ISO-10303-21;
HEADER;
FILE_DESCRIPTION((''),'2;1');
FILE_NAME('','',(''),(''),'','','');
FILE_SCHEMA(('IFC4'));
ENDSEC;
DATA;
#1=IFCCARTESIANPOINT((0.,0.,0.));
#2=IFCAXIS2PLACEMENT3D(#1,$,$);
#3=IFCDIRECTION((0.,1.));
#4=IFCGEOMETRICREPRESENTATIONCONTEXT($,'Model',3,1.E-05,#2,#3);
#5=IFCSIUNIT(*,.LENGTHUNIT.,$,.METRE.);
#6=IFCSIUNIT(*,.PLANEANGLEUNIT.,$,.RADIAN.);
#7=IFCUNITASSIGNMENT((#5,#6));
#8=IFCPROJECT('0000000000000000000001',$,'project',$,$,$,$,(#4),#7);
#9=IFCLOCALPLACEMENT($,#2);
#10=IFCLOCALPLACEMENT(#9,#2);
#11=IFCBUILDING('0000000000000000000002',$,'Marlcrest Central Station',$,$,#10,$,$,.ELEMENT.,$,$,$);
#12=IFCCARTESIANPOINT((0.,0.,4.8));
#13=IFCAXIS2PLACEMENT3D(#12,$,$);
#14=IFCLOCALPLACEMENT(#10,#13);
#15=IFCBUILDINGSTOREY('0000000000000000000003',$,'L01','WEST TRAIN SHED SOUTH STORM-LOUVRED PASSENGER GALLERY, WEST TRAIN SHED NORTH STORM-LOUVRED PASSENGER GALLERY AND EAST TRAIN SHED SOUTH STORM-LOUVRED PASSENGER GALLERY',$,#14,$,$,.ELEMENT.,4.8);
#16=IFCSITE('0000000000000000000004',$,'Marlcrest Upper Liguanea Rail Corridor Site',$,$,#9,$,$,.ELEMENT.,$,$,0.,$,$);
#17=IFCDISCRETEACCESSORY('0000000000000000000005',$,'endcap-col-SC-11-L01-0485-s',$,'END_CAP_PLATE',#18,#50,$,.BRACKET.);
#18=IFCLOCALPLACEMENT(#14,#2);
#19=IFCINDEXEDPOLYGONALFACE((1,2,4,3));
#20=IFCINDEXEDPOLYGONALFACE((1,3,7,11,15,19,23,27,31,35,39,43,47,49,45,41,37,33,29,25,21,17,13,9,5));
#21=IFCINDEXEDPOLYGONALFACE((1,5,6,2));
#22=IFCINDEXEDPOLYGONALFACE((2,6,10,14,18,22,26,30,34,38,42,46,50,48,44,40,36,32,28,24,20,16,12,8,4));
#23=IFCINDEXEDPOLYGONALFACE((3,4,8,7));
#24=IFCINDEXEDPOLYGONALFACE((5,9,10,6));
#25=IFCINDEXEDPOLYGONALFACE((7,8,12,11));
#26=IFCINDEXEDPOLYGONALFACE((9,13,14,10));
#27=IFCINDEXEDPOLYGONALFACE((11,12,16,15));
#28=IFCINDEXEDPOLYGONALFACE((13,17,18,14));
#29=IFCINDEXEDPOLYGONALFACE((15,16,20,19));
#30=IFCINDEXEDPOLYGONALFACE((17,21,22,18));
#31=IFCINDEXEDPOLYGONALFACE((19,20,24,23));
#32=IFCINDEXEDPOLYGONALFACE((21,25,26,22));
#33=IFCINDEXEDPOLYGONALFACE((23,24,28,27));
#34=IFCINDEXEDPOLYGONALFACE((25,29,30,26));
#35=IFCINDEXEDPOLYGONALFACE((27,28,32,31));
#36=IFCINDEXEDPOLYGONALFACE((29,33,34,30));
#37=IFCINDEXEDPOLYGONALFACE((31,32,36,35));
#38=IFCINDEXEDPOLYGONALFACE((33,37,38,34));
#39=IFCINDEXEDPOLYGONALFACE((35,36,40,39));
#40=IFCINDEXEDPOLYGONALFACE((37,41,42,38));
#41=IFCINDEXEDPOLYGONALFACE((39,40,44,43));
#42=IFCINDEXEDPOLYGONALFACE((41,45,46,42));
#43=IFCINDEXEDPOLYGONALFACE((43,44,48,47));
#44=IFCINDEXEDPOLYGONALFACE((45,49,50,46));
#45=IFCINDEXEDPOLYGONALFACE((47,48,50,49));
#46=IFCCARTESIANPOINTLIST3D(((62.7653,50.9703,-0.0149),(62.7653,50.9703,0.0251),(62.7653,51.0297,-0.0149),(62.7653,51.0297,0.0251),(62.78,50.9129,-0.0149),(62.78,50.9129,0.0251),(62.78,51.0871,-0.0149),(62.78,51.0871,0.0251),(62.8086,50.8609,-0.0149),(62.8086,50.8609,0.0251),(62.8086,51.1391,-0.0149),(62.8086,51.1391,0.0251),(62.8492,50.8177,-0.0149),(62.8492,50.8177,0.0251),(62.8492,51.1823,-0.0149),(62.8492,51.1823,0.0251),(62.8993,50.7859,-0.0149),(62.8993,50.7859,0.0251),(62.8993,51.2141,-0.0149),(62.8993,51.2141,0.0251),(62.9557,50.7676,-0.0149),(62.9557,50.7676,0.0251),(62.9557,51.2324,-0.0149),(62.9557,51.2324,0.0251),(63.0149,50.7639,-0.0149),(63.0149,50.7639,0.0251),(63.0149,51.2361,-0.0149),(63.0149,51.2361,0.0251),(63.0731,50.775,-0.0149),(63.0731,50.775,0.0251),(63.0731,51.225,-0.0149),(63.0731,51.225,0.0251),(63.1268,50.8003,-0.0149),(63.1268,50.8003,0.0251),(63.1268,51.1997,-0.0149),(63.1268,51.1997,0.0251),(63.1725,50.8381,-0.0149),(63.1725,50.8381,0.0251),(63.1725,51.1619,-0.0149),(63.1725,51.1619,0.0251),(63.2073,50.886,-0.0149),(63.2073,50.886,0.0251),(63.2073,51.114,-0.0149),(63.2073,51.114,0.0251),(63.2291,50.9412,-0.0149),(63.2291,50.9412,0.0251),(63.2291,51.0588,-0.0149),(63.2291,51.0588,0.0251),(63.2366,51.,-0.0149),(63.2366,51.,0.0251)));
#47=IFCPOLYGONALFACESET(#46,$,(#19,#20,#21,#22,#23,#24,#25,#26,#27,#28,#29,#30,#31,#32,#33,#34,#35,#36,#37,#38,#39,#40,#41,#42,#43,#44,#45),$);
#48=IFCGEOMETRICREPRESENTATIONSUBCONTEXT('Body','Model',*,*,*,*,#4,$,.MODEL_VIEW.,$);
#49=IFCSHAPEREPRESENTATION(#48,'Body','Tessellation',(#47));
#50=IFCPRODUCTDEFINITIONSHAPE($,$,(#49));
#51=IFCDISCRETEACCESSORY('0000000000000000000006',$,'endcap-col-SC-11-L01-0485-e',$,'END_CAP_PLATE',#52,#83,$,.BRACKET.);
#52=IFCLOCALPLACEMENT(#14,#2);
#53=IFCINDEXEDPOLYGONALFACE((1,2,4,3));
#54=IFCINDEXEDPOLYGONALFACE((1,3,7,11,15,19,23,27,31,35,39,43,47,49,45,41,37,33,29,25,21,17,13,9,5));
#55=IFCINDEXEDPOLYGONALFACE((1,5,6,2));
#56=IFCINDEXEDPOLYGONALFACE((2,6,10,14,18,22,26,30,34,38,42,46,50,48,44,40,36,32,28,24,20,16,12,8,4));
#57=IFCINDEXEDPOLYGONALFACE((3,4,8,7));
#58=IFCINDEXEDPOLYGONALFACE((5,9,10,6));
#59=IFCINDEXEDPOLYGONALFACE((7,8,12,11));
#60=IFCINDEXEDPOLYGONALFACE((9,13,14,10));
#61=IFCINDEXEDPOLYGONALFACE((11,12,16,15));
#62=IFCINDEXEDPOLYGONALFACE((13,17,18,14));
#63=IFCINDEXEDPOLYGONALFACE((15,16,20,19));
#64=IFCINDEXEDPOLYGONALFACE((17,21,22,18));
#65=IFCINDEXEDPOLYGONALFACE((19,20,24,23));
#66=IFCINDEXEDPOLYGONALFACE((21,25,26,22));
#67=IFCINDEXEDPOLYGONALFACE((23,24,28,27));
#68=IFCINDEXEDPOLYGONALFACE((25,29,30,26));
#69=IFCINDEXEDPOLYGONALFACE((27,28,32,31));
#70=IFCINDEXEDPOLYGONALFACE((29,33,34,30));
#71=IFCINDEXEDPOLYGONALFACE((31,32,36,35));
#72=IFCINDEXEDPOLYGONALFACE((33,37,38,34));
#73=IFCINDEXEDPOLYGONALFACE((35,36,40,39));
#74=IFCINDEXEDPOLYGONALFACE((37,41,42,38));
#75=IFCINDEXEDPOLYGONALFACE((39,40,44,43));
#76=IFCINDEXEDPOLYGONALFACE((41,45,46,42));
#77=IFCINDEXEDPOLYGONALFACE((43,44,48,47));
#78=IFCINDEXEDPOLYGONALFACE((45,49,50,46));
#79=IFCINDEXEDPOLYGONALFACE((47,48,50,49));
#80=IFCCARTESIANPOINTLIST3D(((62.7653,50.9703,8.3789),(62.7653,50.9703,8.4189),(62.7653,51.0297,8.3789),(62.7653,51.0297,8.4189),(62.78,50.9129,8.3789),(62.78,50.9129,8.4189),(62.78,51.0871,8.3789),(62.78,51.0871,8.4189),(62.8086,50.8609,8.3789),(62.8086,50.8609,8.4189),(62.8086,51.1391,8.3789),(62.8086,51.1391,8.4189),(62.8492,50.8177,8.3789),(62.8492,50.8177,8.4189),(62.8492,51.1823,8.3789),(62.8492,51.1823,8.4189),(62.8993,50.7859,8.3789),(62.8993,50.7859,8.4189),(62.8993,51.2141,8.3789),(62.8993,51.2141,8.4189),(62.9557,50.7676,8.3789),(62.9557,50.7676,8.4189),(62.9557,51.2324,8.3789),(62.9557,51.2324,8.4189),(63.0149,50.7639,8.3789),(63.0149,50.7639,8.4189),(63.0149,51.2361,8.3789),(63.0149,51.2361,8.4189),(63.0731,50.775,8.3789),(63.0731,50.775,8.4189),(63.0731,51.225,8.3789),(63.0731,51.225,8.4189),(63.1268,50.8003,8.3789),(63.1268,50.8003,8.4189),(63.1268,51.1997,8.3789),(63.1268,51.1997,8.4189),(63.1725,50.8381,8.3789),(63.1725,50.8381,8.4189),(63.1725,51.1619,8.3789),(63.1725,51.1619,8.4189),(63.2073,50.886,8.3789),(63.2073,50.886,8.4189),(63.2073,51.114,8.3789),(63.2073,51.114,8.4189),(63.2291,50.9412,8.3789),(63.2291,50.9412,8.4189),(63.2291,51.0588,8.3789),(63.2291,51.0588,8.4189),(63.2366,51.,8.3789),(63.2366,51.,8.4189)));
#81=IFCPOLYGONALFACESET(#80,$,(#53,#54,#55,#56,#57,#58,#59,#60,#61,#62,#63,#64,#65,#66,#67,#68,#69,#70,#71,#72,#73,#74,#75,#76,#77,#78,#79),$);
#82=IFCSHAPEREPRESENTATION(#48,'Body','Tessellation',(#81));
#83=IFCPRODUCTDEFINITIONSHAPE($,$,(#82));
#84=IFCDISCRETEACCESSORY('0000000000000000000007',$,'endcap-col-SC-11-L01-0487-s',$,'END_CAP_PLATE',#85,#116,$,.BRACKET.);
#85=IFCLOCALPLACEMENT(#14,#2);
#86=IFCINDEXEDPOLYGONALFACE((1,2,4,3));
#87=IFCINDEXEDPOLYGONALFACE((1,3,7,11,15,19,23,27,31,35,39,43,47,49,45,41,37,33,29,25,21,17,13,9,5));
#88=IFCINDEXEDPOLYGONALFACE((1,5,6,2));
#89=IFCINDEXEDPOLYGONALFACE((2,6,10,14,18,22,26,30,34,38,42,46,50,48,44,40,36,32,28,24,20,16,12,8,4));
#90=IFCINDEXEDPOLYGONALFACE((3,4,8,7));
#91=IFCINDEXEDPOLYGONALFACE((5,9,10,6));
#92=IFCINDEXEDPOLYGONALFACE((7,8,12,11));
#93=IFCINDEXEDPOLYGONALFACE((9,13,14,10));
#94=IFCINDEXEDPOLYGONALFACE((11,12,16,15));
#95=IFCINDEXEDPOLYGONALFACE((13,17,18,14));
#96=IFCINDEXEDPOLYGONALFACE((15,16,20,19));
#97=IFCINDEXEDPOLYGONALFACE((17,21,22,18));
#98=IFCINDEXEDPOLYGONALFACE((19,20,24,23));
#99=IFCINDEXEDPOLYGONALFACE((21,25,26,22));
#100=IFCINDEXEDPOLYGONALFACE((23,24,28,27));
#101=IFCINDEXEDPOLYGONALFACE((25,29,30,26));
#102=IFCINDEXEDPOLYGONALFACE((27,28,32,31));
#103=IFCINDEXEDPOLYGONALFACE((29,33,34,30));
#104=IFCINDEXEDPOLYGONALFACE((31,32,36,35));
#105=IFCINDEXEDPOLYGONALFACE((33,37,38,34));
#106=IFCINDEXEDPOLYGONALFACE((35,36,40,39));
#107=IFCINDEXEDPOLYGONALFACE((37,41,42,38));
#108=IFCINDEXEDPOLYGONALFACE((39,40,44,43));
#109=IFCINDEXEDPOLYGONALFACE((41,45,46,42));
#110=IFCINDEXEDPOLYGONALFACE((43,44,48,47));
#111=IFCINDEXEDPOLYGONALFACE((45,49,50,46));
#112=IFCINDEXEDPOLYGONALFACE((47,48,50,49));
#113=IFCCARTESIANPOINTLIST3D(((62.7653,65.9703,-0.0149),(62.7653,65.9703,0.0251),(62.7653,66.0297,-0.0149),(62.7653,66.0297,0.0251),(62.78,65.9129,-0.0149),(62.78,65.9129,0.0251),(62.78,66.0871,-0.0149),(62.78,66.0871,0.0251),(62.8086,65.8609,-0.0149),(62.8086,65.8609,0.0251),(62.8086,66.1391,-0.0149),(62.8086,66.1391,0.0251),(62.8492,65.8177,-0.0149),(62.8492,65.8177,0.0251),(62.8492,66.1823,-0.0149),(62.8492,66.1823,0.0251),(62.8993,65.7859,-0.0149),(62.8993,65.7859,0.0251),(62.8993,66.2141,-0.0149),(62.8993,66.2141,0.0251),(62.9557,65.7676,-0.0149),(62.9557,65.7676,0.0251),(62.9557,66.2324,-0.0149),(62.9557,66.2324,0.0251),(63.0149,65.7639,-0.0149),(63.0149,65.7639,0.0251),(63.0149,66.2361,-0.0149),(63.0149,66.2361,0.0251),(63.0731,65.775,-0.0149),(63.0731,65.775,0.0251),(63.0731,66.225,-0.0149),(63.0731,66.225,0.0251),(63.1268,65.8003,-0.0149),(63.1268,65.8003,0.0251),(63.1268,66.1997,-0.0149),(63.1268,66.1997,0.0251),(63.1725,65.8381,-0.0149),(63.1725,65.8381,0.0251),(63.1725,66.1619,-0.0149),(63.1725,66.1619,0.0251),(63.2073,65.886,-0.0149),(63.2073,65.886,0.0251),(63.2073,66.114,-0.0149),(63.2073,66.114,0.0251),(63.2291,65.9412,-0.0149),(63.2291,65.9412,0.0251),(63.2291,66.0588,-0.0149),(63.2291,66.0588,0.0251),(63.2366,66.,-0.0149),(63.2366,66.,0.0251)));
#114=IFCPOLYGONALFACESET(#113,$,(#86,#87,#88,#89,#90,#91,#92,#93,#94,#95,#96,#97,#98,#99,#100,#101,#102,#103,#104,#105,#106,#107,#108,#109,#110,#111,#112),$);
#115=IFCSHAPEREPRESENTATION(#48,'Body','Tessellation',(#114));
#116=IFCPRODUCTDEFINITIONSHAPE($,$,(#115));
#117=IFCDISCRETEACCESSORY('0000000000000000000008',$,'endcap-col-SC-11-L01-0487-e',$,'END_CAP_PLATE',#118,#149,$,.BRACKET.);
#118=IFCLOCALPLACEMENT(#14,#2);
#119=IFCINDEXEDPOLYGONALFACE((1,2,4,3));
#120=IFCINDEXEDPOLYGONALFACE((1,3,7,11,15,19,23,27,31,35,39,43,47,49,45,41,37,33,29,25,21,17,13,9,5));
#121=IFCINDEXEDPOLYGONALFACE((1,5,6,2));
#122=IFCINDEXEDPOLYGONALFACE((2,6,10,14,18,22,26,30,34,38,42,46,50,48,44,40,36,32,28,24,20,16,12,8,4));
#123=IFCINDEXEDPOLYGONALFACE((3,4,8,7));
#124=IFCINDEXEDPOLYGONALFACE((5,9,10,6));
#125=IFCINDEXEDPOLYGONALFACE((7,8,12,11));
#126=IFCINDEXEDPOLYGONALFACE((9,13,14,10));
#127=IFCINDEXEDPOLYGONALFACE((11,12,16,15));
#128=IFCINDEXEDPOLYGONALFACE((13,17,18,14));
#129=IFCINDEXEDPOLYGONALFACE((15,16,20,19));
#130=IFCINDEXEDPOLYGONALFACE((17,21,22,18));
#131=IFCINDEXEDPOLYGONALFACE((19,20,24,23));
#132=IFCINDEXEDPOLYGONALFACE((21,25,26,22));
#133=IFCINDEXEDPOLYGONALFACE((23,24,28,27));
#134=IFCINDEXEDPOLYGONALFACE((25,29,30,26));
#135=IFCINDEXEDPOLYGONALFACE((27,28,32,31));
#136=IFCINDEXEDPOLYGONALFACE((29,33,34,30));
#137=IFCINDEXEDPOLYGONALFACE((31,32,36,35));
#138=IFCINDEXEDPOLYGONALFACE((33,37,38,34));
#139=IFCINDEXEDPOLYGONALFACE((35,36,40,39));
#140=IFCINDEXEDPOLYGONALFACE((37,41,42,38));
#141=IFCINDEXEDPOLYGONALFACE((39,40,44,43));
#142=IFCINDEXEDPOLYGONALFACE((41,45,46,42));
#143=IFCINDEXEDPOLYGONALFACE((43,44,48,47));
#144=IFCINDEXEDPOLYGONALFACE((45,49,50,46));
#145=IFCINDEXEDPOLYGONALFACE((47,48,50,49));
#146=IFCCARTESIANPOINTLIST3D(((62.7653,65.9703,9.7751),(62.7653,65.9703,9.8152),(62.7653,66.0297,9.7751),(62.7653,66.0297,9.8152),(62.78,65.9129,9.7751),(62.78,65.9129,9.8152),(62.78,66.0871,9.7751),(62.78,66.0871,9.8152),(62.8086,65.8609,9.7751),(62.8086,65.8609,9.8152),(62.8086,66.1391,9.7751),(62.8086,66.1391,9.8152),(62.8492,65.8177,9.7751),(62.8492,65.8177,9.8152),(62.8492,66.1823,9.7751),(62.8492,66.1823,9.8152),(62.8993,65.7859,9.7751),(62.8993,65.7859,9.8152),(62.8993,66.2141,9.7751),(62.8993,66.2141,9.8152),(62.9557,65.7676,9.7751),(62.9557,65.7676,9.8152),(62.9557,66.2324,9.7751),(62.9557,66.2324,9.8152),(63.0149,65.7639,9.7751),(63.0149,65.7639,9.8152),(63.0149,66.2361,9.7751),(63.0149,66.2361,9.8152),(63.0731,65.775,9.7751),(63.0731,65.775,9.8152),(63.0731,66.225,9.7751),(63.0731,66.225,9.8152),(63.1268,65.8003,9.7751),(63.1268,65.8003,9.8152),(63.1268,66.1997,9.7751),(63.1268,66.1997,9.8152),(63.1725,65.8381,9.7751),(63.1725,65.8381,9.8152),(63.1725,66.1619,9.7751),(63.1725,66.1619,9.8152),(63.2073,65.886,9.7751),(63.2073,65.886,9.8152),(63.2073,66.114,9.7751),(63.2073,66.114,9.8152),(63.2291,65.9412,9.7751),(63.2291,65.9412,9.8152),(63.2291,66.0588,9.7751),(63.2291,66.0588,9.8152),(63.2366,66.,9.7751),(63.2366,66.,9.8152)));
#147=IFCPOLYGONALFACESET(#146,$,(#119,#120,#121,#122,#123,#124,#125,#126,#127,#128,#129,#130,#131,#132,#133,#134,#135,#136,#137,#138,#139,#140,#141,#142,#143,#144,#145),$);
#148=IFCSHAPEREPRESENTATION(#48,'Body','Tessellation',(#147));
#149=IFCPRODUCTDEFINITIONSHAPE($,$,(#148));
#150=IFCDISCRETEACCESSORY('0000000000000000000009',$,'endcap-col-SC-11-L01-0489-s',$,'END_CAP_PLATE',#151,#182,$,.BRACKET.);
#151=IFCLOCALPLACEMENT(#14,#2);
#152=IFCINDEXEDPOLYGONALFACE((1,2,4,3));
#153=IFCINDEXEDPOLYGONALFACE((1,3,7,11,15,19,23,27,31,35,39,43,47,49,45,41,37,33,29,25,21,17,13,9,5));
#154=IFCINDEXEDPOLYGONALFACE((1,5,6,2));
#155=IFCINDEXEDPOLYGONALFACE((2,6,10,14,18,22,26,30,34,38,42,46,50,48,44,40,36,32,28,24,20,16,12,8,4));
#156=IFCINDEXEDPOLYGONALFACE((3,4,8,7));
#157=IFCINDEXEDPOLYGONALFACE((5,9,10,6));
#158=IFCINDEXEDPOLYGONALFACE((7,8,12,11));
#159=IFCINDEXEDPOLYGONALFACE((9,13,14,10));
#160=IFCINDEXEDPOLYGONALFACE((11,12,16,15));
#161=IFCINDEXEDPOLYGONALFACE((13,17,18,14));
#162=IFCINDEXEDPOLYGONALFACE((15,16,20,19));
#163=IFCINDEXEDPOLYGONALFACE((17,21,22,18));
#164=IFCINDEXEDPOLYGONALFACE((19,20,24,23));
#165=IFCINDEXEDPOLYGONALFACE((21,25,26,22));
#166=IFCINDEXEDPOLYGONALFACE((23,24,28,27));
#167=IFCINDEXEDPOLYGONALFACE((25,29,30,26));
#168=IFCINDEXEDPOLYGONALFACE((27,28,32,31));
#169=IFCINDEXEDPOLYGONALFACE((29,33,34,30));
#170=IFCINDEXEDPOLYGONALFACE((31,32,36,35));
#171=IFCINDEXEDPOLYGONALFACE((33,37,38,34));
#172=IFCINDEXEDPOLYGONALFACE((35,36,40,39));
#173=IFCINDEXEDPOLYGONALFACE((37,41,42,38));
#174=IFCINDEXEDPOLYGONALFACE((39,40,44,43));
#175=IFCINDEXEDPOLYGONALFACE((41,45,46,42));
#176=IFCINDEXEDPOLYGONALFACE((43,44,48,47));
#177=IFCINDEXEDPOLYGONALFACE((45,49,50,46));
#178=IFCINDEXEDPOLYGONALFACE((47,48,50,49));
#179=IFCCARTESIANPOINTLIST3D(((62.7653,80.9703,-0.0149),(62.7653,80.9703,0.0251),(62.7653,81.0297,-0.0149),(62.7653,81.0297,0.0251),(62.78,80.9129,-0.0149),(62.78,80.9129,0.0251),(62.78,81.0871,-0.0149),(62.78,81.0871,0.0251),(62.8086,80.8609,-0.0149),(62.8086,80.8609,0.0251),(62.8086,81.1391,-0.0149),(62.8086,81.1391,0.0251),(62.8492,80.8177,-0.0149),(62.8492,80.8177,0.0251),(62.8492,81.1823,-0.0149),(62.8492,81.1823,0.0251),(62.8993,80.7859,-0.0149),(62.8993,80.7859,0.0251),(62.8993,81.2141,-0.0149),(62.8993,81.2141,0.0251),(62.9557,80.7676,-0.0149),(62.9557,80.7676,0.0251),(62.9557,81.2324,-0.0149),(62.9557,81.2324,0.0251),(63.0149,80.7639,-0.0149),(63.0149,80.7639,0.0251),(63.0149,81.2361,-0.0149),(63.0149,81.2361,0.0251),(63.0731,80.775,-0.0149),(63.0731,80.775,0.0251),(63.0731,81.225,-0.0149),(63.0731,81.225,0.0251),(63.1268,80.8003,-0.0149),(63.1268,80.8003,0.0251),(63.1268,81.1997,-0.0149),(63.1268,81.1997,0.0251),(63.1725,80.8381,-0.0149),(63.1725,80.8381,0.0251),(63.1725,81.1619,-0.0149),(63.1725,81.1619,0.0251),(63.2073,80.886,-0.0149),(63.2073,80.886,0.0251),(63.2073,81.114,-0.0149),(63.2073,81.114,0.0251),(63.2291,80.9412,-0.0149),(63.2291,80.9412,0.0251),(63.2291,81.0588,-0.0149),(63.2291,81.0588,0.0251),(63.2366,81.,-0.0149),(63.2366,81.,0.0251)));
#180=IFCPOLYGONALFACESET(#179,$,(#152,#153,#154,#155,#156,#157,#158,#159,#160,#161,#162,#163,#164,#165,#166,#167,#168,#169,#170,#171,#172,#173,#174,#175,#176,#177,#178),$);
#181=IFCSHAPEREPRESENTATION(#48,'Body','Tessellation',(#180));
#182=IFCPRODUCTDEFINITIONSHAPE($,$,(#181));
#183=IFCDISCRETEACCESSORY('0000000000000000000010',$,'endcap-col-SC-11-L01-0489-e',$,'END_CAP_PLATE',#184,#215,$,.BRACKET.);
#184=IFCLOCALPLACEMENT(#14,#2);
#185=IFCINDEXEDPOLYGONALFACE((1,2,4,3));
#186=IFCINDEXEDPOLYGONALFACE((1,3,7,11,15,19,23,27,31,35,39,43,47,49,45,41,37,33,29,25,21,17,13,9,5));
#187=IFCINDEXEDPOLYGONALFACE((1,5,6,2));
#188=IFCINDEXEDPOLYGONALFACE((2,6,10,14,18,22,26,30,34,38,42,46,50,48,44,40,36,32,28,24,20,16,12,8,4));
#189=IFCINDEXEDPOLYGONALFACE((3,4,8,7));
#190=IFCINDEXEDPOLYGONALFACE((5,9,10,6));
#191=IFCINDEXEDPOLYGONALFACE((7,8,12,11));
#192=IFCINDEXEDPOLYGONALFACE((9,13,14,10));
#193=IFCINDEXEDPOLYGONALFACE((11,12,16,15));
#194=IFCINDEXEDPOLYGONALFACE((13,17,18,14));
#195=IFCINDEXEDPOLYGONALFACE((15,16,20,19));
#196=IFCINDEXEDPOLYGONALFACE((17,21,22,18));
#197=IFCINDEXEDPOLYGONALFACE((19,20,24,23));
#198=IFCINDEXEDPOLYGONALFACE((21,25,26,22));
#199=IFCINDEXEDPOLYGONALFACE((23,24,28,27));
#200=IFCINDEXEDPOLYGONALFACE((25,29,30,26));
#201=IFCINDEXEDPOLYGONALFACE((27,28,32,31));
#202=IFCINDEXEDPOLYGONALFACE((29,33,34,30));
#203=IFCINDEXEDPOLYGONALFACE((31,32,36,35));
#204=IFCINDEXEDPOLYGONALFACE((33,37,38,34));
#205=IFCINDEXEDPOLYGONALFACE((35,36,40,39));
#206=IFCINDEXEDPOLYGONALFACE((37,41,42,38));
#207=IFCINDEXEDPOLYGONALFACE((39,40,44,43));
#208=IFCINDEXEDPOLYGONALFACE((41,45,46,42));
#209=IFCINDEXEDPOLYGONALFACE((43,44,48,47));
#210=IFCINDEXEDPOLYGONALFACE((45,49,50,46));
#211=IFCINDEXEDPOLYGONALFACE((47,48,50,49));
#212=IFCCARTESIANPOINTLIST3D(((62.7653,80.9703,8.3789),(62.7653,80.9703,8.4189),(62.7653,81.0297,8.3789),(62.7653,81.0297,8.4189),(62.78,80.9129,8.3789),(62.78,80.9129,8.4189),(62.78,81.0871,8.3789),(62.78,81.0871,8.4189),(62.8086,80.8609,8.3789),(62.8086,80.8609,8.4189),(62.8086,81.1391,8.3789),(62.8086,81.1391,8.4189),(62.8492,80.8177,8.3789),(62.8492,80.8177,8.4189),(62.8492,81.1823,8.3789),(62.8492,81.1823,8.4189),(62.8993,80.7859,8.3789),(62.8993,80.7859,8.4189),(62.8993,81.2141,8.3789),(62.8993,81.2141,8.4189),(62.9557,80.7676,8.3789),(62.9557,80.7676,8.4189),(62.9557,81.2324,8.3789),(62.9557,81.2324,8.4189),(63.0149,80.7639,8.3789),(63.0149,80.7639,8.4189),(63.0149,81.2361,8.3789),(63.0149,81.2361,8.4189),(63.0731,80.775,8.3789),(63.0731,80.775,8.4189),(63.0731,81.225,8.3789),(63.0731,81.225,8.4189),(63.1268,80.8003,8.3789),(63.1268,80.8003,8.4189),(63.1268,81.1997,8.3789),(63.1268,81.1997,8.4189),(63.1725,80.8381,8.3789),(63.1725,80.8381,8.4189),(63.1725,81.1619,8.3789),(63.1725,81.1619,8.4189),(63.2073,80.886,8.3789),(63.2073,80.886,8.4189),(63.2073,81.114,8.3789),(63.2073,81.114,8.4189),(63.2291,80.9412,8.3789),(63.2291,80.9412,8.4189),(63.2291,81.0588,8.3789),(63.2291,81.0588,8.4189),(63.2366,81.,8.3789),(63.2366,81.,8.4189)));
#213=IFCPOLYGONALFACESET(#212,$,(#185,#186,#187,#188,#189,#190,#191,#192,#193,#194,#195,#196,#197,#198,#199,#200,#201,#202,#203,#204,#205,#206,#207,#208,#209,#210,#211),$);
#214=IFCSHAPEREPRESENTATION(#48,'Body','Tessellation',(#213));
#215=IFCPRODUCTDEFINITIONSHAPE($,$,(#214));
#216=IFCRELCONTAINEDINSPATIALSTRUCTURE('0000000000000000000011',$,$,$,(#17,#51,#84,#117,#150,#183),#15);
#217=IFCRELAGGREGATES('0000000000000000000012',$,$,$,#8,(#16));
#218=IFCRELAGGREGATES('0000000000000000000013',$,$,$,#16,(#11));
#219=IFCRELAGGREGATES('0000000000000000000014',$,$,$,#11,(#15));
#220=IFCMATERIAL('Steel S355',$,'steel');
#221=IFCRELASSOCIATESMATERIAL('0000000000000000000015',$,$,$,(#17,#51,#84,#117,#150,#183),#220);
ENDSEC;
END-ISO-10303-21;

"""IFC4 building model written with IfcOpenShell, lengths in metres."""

from ifc_helpers import new_model, si_unit, direction, frame, origin, origin_2d, place, context, subcontext, project, spatial, circle, extrude, material, element, save


model = new_model("IFC4")

# Units and contexts
model_context = context("Model", 3, precision=1e-05, world=origin(), true_north=direction((0.0, 1.0)))
body_context = subcontext(model_context, "Body", "Model", "MODEL_VIEW")
ifc_project = project(units=[si_unit("LENGTHUNIT", "METRE"), si_unit("PLANEANGLEUNIT", "RADIAN")], contexts=[model_context])

# Site, building, storey
site_placement = place(None, origin())
site = spatial("IfcSite", under=ifc_project, at=site_placement, Name="Marlcrest Upper Liguanea Rail Corridor Site", CompositionType="ELEMENT", RefElevation=0.0)
building_placement = place(site_placement, origin())
building = spatial("IfcBuilding", under=site, at=building_placement, Name="Marlcrest Central Station", CompositionType="ELEMENT")
storey_placement = place(building_placement, frame((0.0, 0.0, 4.8)))
storey = spatial("IfcBuildingStorey", under=building, at=storey_placement, Name="L01", Description="WEST TRAIN SHED SOUTH STORM-LOUVRED PASSENGER GALLERY, WEST TRAIN SHED NORTH STORM-LOUVRED PASSENGER GALLERY AND EAST TRAIN SHED SOUTH STORM-LOUVRED PASSENGER GALLERY", CompositionType="ELEMENT", Elevation=4.8)

# Shared definitions
ifc_material = material(Name="Steel S355", Category="steel")

# Discrete accessories
for number, where, z_axis, x_axis, name in (
    (1, (63.0, 51.0, -0.0149), (0.0, 0.0, 1.0), (1.0, 0.0, 0.0), "endcap-col-SC-11-L01-0485-s"),
    (2, (63.0, 51.0, 8.3789), (0.0, 0.0, 1.0), (1.0, 0.0, 0.0), "endcap-col-SC-11-L01-0485-e"),
    (3, (63.0, 66.0, -0.0149), (0.0, 0.0, 1.0), (1.0, 0.0, 0.0), "endcap-col-SC-11-L01-0487-s"),
    (4, (63.0, 66.0, 9.7751), (0.0, 0.0, 1.0), (1.0, 0.0, 0.0), "endcap-col-SC-11-L01-0487-e"),
    (5, (63.0, 81.0, -0.0149), (0.0, 0.0, 1.0), (1.0, 0.0, 0.0), "endcap-col-SC-11-L01-0489-s"),
    (6, (63.0, 81.0, 8.3789), (0.0, 0.0, 1.0), (1.0, 0.0, 0.0), "endcap-col-SC-11-L01-0489-e"),
):
    element("IfcDiscreteAccessory", number, at=place(storey_placement, frame(where, z_axis=z_axis, x_axis=x_axis)), inside=storey, material=ifc_material, Name=name, ObjectType="END_CAP_PLATE", PredefinedType="BRACKET", context=body_context, shape_type="SweptSolid", body=[
        extrude(circle(Radius=0.2366, at=origin_2d()), origin(), (0.0, 0.0, 1.0), 0.04),
    ])

save(model, "model.ifc")
